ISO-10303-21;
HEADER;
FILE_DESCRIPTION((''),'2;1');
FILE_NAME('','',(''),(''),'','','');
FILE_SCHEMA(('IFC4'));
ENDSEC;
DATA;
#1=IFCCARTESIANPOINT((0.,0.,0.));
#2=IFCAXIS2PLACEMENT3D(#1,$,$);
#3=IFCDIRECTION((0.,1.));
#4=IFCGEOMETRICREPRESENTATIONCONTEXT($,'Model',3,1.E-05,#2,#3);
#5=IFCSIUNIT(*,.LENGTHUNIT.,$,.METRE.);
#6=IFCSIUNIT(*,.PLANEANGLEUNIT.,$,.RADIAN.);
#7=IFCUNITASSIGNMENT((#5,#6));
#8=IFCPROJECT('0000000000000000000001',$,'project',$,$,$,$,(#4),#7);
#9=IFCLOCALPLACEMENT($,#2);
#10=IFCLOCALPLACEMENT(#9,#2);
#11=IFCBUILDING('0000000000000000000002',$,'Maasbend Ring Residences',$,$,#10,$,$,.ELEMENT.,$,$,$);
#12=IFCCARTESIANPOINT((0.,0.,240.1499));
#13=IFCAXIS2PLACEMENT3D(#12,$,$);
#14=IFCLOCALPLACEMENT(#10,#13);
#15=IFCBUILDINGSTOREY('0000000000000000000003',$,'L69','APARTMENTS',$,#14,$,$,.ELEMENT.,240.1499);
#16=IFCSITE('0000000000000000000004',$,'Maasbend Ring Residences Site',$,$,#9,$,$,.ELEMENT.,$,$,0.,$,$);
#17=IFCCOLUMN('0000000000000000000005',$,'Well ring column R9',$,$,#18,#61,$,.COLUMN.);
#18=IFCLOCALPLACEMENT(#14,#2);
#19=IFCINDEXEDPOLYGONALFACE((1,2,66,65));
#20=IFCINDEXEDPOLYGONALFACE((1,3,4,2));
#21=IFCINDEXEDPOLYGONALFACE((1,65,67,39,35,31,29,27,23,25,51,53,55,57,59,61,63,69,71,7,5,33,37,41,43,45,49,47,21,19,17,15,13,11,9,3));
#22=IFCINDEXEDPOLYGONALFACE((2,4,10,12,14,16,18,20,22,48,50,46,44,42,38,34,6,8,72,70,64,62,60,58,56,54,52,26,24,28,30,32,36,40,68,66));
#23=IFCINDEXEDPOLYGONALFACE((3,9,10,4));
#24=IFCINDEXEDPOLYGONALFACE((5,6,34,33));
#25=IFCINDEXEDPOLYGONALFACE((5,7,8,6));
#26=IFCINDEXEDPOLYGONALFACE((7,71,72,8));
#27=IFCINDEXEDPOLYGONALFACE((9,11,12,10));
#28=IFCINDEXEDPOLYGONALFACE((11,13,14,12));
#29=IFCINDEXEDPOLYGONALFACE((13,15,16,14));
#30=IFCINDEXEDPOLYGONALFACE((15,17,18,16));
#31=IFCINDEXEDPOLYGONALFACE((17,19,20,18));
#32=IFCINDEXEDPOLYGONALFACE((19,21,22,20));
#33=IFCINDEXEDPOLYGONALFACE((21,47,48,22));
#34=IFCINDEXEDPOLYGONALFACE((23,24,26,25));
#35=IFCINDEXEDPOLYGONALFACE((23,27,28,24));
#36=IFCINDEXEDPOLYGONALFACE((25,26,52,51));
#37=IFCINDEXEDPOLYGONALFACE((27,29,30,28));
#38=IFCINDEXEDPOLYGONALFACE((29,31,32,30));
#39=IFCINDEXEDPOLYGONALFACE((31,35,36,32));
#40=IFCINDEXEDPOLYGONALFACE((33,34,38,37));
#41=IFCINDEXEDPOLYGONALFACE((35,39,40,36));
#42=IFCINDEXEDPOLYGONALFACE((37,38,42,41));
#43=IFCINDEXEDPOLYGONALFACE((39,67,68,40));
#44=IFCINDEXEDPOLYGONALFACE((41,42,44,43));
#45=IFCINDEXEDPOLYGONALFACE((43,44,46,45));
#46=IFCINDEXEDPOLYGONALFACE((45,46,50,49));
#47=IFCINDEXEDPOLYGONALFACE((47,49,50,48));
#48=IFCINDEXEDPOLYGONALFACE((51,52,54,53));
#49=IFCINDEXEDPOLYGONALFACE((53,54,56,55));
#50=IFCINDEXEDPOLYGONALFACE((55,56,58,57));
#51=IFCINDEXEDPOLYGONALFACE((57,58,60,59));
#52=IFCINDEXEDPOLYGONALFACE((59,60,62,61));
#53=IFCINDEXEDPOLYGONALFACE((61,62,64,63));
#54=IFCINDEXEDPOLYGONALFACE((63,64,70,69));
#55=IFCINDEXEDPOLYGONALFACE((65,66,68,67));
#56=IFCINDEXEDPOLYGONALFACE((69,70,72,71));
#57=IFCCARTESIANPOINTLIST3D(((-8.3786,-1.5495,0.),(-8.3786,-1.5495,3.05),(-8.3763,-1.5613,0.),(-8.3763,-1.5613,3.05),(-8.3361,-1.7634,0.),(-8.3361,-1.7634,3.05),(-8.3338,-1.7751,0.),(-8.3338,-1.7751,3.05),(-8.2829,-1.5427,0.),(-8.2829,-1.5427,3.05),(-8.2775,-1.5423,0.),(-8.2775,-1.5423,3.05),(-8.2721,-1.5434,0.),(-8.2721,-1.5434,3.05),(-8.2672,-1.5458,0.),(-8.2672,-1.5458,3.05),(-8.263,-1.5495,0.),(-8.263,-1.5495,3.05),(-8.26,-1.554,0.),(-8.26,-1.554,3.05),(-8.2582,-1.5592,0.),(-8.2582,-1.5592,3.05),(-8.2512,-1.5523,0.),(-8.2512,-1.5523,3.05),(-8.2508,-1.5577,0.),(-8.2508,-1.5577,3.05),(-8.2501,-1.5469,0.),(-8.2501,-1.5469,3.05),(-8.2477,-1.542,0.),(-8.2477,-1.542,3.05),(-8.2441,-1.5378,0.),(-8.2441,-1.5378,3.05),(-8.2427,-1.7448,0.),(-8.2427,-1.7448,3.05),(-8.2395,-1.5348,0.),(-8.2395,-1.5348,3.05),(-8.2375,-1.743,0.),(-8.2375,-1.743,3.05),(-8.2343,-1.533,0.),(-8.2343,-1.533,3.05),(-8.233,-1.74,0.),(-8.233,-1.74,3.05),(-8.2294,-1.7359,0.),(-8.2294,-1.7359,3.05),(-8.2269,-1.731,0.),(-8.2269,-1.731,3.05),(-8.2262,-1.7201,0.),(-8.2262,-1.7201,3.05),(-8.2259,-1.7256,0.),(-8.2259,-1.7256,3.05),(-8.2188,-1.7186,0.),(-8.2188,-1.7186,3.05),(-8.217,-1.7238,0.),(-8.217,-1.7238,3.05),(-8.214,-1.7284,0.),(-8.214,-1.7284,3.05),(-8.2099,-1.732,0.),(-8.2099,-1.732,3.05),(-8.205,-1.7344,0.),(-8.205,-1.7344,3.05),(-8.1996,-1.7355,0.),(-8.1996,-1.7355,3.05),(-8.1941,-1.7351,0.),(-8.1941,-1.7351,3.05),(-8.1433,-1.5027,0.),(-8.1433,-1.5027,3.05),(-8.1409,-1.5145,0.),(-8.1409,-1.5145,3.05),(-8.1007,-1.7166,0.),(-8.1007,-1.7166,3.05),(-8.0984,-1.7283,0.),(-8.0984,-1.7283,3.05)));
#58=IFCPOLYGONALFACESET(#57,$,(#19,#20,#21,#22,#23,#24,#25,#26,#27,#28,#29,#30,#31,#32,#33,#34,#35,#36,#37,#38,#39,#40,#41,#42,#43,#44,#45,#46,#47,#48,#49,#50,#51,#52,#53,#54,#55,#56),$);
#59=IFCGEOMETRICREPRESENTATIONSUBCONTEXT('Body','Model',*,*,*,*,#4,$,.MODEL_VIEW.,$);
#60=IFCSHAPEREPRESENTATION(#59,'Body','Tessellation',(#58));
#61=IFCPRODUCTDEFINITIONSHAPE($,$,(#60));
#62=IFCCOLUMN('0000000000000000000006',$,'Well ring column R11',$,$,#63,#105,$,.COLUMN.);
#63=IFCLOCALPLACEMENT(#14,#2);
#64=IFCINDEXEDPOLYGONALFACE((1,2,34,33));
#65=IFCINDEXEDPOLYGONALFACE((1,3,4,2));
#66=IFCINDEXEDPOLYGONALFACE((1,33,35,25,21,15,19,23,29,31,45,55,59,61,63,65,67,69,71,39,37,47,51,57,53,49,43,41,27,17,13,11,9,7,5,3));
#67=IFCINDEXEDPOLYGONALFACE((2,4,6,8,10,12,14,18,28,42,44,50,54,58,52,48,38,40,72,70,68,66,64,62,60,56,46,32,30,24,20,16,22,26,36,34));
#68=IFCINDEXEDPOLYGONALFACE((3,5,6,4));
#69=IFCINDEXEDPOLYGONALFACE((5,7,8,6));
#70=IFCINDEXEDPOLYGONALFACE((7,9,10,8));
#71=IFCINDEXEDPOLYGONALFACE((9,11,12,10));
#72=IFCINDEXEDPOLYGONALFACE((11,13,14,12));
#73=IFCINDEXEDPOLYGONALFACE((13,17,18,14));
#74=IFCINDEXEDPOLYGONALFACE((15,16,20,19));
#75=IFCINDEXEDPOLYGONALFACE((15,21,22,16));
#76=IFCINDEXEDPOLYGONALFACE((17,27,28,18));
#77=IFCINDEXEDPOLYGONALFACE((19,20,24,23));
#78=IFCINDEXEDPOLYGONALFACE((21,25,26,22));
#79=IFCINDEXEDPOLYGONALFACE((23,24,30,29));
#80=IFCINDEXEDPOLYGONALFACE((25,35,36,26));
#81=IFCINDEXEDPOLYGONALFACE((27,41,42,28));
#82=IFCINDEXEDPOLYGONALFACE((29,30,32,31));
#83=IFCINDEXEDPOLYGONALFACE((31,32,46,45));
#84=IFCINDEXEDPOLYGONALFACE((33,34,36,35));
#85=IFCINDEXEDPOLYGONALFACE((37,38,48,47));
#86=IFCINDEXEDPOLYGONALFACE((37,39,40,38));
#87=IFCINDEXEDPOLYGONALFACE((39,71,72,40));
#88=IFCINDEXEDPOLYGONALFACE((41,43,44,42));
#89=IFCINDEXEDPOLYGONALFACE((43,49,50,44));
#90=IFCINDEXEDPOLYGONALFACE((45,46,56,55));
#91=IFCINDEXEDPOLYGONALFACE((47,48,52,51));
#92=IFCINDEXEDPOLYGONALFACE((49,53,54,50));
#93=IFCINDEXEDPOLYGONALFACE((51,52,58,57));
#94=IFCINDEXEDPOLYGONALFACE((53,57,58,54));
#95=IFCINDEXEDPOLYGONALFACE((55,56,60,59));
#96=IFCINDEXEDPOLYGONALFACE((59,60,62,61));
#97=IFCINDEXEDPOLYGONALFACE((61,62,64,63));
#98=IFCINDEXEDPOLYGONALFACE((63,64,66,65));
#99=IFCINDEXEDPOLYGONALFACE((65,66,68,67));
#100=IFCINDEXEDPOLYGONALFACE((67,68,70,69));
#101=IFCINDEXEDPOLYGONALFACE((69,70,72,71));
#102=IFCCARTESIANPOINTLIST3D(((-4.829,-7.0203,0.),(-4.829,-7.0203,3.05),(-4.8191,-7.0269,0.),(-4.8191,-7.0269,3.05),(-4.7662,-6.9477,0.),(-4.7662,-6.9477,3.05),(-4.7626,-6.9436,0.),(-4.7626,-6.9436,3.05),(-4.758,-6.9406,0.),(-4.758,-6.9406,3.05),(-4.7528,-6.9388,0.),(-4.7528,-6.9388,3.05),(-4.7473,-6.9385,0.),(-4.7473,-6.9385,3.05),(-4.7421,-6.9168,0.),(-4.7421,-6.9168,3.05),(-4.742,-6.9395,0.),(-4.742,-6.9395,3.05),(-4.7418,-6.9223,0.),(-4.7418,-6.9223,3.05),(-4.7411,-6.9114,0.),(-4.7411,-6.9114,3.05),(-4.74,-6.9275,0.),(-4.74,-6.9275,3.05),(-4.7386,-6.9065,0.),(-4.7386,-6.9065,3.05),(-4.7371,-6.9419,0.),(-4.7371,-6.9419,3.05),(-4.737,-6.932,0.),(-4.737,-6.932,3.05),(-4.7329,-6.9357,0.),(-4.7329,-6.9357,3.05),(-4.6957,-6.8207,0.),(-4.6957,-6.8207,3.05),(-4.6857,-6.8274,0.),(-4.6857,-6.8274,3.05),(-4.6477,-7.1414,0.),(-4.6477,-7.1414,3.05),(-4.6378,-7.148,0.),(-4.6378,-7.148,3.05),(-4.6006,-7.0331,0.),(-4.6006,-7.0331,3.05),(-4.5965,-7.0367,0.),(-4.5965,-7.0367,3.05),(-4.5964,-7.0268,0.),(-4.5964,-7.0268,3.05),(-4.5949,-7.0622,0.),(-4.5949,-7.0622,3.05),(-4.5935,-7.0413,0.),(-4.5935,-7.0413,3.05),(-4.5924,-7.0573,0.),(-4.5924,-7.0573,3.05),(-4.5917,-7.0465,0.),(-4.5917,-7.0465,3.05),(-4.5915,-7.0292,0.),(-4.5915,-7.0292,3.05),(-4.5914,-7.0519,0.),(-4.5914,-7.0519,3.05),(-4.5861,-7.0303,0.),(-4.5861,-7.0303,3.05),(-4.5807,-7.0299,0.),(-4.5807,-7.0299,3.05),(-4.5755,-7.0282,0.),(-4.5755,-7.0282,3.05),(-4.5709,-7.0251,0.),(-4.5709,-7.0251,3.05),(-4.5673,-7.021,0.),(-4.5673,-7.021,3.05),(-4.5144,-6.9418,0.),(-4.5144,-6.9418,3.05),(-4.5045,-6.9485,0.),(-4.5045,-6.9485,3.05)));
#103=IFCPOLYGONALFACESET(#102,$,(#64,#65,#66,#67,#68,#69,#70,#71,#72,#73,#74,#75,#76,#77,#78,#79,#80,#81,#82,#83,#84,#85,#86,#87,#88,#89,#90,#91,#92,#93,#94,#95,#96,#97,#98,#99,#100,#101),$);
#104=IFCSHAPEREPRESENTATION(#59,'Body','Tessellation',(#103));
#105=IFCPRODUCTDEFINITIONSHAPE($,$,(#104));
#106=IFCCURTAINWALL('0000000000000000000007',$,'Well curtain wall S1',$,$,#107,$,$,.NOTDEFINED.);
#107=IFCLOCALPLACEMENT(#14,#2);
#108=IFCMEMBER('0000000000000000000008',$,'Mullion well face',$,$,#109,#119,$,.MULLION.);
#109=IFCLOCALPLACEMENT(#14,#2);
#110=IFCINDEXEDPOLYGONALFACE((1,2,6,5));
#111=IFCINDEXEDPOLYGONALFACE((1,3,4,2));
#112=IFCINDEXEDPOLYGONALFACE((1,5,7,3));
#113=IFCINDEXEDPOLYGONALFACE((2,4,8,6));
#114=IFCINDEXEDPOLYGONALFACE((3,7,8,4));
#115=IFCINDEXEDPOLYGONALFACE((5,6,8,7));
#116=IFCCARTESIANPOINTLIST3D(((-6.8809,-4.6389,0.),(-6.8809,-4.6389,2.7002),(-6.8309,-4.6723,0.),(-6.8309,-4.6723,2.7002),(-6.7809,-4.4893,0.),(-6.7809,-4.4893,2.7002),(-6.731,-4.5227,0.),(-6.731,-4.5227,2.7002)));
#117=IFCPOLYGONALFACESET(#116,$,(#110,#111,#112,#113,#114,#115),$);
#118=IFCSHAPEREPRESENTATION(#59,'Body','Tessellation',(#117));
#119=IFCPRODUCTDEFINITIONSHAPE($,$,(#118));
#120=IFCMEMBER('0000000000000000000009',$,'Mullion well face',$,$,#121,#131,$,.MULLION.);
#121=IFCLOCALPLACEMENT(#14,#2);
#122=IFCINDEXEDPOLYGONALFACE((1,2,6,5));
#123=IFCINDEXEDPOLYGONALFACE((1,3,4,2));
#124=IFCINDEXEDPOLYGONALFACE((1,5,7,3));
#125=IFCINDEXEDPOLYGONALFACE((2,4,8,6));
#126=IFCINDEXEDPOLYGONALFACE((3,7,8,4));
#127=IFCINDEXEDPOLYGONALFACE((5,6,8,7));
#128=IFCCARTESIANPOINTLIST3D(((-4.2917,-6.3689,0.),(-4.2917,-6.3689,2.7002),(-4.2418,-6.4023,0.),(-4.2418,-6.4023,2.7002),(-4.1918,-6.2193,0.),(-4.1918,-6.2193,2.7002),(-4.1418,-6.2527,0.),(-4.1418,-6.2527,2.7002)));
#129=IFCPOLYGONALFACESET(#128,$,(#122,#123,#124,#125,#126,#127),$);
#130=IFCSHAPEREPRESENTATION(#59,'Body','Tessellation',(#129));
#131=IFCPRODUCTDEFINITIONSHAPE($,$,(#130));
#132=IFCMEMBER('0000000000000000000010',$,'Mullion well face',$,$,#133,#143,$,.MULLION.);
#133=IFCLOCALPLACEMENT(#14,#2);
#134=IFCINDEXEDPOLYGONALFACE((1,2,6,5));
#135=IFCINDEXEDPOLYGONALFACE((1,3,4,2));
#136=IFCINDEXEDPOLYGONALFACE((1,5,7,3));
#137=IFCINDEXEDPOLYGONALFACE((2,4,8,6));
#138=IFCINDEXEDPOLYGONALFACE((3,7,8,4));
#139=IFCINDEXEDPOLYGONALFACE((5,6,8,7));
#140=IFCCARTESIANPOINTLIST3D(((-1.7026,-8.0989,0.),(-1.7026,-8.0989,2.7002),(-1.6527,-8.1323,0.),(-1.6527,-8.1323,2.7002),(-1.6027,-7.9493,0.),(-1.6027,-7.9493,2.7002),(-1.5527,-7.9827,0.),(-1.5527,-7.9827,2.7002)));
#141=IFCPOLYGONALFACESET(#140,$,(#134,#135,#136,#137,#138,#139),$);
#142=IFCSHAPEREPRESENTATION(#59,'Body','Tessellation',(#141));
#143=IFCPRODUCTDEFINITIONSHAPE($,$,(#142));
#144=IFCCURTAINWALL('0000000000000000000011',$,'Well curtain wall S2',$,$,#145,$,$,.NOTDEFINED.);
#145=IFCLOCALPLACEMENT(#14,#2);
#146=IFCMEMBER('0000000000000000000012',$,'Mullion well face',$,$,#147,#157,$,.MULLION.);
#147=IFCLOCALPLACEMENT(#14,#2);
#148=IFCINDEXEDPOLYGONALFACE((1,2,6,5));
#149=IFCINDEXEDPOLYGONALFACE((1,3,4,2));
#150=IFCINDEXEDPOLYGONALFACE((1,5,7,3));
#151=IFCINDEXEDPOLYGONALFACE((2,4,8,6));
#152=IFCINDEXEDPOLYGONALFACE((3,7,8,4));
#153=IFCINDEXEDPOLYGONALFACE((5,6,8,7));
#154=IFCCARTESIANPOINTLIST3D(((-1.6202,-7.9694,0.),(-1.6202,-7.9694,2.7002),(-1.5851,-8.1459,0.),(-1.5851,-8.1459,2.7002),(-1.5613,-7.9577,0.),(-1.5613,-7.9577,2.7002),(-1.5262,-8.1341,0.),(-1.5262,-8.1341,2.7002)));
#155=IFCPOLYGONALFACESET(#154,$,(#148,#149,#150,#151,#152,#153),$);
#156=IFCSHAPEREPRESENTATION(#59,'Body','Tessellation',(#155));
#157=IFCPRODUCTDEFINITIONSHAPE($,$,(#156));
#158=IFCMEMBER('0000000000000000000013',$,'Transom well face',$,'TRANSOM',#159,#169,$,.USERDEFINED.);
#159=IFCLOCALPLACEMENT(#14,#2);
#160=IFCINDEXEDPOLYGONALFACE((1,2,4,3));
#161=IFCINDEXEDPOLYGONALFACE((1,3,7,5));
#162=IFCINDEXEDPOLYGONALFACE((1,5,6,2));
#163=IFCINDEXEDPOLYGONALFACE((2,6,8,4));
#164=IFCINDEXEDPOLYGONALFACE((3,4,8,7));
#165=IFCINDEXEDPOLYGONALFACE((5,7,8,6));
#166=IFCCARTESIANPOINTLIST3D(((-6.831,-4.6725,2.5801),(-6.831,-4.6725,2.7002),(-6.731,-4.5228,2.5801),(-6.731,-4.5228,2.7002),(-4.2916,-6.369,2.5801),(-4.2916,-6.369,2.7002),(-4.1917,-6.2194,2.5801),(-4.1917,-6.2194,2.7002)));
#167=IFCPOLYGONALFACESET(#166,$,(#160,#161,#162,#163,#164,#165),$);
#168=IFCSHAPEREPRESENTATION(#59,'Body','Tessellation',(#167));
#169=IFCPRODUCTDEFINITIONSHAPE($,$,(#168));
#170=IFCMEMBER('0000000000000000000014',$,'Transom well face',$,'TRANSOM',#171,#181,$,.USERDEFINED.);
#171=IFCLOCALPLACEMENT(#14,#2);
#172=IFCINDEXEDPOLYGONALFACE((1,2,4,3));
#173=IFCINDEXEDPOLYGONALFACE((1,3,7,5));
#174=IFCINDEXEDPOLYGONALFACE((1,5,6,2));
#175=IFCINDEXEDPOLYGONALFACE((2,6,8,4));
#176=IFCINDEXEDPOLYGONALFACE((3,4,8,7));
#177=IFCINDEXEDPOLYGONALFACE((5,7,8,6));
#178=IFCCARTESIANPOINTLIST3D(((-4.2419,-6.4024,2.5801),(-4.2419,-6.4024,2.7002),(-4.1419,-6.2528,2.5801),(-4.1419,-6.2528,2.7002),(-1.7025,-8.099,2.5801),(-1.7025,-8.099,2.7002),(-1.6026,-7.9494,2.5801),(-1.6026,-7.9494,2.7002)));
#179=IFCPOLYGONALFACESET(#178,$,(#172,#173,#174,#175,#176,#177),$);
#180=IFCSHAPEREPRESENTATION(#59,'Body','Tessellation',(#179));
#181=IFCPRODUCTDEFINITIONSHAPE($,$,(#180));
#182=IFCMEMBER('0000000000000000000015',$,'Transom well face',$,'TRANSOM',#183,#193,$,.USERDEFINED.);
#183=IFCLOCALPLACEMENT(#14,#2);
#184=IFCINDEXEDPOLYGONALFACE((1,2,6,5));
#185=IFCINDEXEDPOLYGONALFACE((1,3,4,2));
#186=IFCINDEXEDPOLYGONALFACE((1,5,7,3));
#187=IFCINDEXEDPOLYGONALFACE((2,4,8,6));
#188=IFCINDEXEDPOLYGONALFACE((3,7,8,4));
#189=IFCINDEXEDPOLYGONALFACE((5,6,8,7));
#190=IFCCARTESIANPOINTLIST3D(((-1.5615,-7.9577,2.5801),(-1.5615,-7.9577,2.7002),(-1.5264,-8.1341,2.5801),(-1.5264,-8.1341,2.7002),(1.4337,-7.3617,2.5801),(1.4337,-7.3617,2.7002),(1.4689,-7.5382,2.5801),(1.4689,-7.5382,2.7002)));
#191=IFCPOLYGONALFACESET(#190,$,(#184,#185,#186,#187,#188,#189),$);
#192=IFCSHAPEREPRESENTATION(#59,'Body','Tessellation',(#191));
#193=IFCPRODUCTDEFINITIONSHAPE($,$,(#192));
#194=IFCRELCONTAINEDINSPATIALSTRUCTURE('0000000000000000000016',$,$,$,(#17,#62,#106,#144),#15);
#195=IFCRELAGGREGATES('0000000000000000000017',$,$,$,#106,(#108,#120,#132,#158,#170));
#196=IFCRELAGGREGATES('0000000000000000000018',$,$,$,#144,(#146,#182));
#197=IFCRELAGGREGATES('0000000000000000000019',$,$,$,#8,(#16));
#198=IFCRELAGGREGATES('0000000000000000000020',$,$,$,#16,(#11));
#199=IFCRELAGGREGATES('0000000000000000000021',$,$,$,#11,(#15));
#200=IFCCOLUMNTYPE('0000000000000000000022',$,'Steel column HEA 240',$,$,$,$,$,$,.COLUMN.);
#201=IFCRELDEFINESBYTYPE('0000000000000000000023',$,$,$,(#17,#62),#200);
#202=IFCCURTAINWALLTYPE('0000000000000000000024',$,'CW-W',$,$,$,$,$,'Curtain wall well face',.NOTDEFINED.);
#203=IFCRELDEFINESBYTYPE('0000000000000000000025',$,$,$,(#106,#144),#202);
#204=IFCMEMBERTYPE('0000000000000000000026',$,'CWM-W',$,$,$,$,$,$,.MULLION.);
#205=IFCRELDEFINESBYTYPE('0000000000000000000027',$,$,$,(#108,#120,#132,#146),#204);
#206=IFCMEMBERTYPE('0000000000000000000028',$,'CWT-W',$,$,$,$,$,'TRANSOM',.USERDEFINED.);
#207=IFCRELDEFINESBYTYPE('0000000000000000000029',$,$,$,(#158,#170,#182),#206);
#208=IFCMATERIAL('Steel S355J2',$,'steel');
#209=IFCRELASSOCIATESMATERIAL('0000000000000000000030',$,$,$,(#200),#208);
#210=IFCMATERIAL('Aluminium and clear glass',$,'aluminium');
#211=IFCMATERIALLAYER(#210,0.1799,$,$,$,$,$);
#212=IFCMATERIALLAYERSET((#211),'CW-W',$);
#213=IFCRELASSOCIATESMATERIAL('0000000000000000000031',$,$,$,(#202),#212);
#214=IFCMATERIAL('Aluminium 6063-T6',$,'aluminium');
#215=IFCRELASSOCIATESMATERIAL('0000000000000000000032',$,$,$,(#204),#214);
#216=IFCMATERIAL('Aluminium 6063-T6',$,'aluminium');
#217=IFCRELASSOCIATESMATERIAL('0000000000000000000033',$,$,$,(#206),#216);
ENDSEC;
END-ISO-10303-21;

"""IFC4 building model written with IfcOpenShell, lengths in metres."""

from ifc_helpers import new_model, si_unit, direction, frame, origin, origin_2d, place, context, subcontext, project, spatial, rectangle, i_section, extrude, material, layer, layer_set, material_profile, profile_set, type_object, element, aggregate, save


model = new_model("IFC4")

# Units and contexts
model_context = context("Model", 3, precision=1e-05, world=origin(), true_north=direction((0.0, 1.0)))
body_context = subcontext(model_context, "Body", "Model", "MODEL_VIEW")
ifc_project = project(units=[si_unit("LENGTHUNIT", "METRE"), si_unit("PLANEANGLEUNIT", "RADIAN")], contexts=[model_context])

# Site, building, storey
site_placement = place(None, origin())
site = spatial("IfcSite", under=ifc_project, at=site_placement, Name="Maasbend Ring Residences Site", CompositionType="ELEMENT", RefElevation=0.0)
building_placement = place(site_placement, origin())
building = spatial("IfcBuilding", under=site, at=building_placement, Name="Maasbend Ring Residences", CompositionType="ELEMENT")
storey_placement = place(building_placement, frame((0.0, 0.0, 240.1499)))
storey = spatial("IfcBuildingStorey", under=building, at=storey_placement, Name="L69", Description="APARTMENTS", CompositionType="ELEMENT", Elevation=240.1499)

# Columns
ifc_material_1 = material(Name="Steel S355J2", Category="steel")
ifc_material_profile_1 = material_profile(ifc_material_1, i_section(OverallWidth=0.24, OverallDepth=0.23, WebThickness=0.0076, FlangeThickness=0.012, FilletRadius=0.021, at=origin_2d()), Name="HEA 240")
ifc_profile_set_1 = profile_set([ifc_material_profile_1], Name="Steel S355J2")
column_type = type_object("IfcColumnType", Name="Steel column HEA 240", PredefinedType="COLUMN", material=ifc_profile_set_1)
for number, where, z_axis, x_axis, name in (
    (1, (-8.2385, -1.6389, 0.0), (0.0, 0.0, 1.0), (-0.980785, -0.19509, 0.0), "Well ring column R9"),
    (2, (-4.6667, -6.9844, 0.0), (0.0, 0.0, 1.0), (-0.55557, -0.83147, 0.0), "Well ring column R11"),
):
    element("IfcColumn", number, at=place(storey_placement, frame(where, z_axis=z_axis, x_axis=x_axis)), inside=storey, type_object=column_type, Name=name, PredefinedType="COLUMN", context=body_context, shape_type="SweptSolid", body=[
        extrude(i_section(OverallWidth=0.24, OverallDepth=0.23, WebThickness=0.0076, FlangeThickness=0.012, FilletRadius=0.021, at=origin_2d()), origin(), (0.0, 0.0, 1.0), 3.05),
    ])

# Curtain wall, members
ifc_material_2 = material(Name="Aluminium and clear glass", Category="aluminium")
ifc_layer_1 = layer(ifc_material_2, 0.1799)
ifc_layer_set_1 = layer_set([ifc_layer_1], Name="CW-W")
curtain_wall_type = type_object("IfcCurtainWallType", Name="CW-W", ElementType="Curtain wall well face", PredefinedType="NOTDEFINED", material=ifc_layer_set_1)
curtain_wall_1_placement = place(storey_placement, origin())
curtain_wall_1 = element("IfcCurtainWall", 3, at=curtain_wall_1_placement, inside=storey, type_object=curtain_wall_type, Name="Well curtain wall S1", PredefinedType="NOTDEFINED")
ifc_material_3 = material(Name="Aluminium 6063-T6", Category="aluminium")
ifc_material_profile_2 = material_profile(ifc_material_3, rectangle(XDim=0.1799, YDim=0.0601, at=origin_2d()), Name="AL 180x60")
ifc_profile_set_2 = profile_set([ifc_material_profile_2], Name="Aluminium 6063-T6")
member_type_1 = type_object("IfcMemberType", Name="CWM-W", PredefinedType="MULLION", material=ifc_profile_set_2)
member_1_placement = place(storey_placement, frame((-6.8059, -4.5808, 0.0), z_axis=(0.0, 0.0, 1.0), x_axis=(0.55557, 0.83147, 0.0)))
member_1 = element("IfcMember", 4, at=member_1_placement, type_object=member_type_1, Name="Mullion well face", PredefinedType="MULLION", context=body_context, shape_type="SweptSolid", body=[
    extrude(rectangle(XDim=0.1799, YDim=0.0601, at=origin_2d()), origin(), (0.0, 0.0, 1.0), 2.7002),
])
member_2_placement = place(storey_placement, frame((-4.2168, -6.3108, 0.0), z_axis=(0.0, 0.0, 1.0), x_axis=(0.55557, 0.83147, 0.0)))
member_2 = element("IfcMember", 5, at=member_2_placement, type_object=member_type_1, Name="Mullion well face", PredefinedType="MULLION", context=body_context, shape_type="SweptSolid", body=[
    extrude(rectangle(XDim=0.1799, YDim=0.0601, at=origin_2d()), origin(), (0.0, 0.0, 1.0), 2.7002),
])
member_3_placement = place(storey_placement, frame((-1.6277, -8.0408, 0.0), z_axis=(0.0, 0.0, 1.0), x_axis=(0.55557, 0.83147, 0.0)))
member_3 = element("IfcMember", 6, at=member_3_placement, type_object=member_type_1, Name="Mullion well face", PredefinedType="MULLION", context=body_context, shape_type="SweptSolid", body=[
    extrude(rectangle(XDim=0.1799, YDim=0.0601, at=origin_2d()), origin(), (0.0, 0.0, 1.0), 2.7002),
])

# Curtain wall, member
curtain_wall_2_placement = place(storey_placement, origin())
curtain_wall_2 = element("IfcCurtainWall", 7, at=curtain_wall_2_placement, inside=storey, type_object=curtain_wall_type, Name="Well curtain wall S2", PredefinedType="NOTDEFINED")
member_4_placement = place(storey_placement, frame((-1.5732, -8.0518, 0.0), z_axis=(0.0, 0.0, 1.0), x_axis=(-0.19509, 0.980785, 0.0)))
member_4 = element("IfcMember", 8, at=member_4_placement, type_object=member_type_1, Name="Mullion well face", PredefinedType="MULLION", context=body_context, shape_type="SweptSolid", body=[
    extrude(rectangle(XDim=0.1799, YDim=0.0601, at=origin_2d()), origin(), (0.0, 0.0, 1.0), 2.7002),
])

# Members
ifc_material_4 = material(Name="Aluminium 6063-T6", Category="aluminium")
ifc_material_profile_3 = material_profile(ifc_material_4, rectangle(XDim=0.1799, YDim=0.1201, at=origin_2d()), Name="AL 180x120")
ifc_profile_set_3 = profile_set([ifc_material_profile_3], Name="Aluminium 6063-T6")
member_type_2 = type_object("IfcMemberType", Name="CWT-W", ElementType="TRANSOM", PredefinedType="USERDEFINED", material=ifc_profile_set_3)
member_5_placement = place(storey_placement, frame((-6.781, -4.5977, 2.6401), z_axis=(0.831496, -0.55553, 0.0), x_axis=(0.55553, 0.831496, 0.0)))
member_5 = element("IfcMember", 9, at=member_5_placement, type_object=member_type_2, Name="Transom well face", ObjectType="TRANSOM", PredefinedType="USERDEFINED", context=body_context, shape_type="SweptSolid", body=[
    extrude(rectangle(XDim=0.1799, YDim=0.1201, at=origin_2d()), origin(), (0.0, 0.0, 1.0), 3.054),
])
member_6_placement = place(storey_placement, frame((-4.1919, -6.3276, 2.6401), z_axis=(0.831496, -0.55553, 0.0), x_axis=(0.55553, 0.831496, 0.0)))
member_6 = element("IfcMember", 10, at=member_6_placement, type_object=member_type_2, Name="Transom well face", ObjectType="TRANSOM", PredefinedType="USERDEFINED", context=body_context, shape_type="SweptSolid", body=[
    extrude(rectangle(XDim=0.1799, YDim=0.1201, at=origin_2d()), origin(), (0.0, 0.0, 1.0), 3.054),
])
member_7_placement = place(storey_placement, frame((-1.5439, -8.0459, 2.6401), z_axis=(0.980777, 0.195132, 0.0), x_axis=(-0.195132, 0.980777, 0.0)))
member_7 = element("IfcMember", 11, at=member_7_placement, type_object=member_type_2, Name="Transom well face", ObjectType="TRANSOM", PredefinedType="USERDEFINED", context=body_context, shape_type="SweptSolid", body=[
    extrude(rectangle(XDim=0.1799, YDim=0.1201, at=origin_2d()), origin(), (0.0, 0.0, 1.0), 3.054),
])

aggregate(curtain_wall_1, [member_1, member_2, member_3, member_5, member_6])
aggregate(curtain_wall_2, [member_4, member_7])

save(model, "model.ifc")
